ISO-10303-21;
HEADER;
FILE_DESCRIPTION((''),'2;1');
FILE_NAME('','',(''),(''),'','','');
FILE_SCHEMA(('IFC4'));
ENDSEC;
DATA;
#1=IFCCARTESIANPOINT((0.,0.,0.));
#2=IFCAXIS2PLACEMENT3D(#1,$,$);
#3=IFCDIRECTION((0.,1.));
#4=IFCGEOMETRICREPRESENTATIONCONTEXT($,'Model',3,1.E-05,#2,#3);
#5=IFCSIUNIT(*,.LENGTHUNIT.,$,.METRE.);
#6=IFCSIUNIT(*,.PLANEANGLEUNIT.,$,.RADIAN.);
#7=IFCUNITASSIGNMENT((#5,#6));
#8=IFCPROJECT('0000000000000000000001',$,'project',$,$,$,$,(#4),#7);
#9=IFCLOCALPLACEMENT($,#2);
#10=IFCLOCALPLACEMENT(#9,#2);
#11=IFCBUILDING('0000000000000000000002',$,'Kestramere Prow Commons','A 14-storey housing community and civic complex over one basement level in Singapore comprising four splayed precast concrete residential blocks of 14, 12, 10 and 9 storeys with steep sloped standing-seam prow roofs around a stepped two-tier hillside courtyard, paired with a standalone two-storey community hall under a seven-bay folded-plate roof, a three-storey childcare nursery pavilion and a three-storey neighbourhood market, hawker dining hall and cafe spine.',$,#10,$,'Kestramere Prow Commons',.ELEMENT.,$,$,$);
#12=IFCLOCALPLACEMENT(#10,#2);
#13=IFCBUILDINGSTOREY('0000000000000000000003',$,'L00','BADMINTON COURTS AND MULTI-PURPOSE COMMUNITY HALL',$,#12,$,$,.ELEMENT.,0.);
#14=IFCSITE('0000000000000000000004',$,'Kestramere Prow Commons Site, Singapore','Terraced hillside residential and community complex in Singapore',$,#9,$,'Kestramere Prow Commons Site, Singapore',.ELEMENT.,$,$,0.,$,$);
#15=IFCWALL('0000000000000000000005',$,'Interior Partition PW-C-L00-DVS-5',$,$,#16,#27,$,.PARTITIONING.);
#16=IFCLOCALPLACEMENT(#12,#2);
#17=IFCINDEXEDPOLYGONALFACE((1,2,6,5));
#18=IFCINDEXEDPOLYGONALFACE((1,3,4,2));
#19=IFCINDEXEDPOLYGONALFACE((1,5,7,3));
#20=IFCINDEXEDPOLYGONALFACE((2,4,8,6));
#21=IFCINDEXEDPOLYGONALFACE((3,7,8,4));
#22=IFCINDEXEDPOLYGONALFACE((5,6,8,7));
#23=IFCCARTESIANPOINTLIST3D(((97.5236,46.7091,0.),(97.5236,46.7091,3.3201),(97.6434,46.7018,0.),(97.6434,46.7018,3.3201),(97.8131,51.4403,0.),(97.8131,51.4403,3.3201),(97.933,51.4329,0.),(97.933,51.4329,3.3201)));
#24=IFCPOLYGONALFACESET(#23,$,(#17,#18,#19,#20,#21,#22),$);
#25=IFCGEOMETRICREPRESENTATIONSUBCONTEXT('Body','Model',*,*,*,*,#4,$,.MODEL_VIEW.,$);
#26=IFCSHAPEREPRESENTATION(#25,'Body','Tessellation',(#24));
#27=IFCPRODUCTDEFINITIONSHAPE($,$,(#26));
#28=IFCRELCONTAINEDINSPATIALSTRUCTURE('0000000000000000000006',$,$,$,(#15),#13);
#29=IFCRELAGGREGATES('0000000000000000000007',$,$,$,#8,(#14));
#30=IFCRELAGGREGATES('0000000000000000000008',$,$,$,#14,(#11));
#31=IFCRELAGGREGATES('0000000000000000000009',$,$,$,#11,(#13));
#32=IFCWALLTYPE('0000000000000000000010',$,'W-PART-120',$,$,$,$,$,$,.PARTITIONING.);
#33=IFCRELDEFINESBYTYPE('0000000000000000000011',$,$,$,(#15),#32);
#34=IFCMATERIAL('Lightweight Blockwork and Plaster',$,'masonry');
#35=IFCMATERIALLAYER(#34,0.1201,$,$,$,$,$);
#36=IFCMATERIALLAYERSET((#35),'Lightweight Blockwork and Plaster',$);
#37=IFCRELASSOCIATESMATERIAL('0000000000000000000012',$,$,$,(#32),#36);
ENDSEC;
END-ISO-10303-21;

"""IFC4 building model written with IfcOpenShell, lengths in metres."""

from ifc_helpers import new_model, si_unit, direction, frame, frame_2d, origin, place, context, subcontext, project, spatial, rectangle, extrude, material, layer, layer_set, type_object, element, save


model = new_model("IFC4")

# Units and contexts
model_context = context("Model", 3, precision=1e-05, world=origin(), true_north=direction((0.0, 1.0)))
body_context = subcontext(model_context, "Body", "Model", "MODEL_VIEW")
ifc_project = project(units=[si_unit("LENGTHUNIT", "METRE"), si_unit("PLANEANGLEUNIT", "RADIAN")], contexts=[model_context])

# Site, building, storey
site_placement = place(None, origin())
site = spatial("IfcSite", under=ifc_project, at=site_placement, Name="Kestramere Prow Commons Site, Singapore", Description="Terraced hillside residential and community complex in Singapore", LongName="Kestramere Prow Commons Site, Singapore", CompositionType="ELEMENT", RefElevation=0.0)
building_placement = place(site_placement, origin())
building = spatial("IfcBuilding", under=site, at=building_placement, Name="Kestramere Prow Commons", Description="A 14-storey housing community and civic complex over one basement level in Singapore comprising four splayed precast concrete residential blocks of 14, 12, 10 and 9 storeys with steep sloped standing-seam prow roofs around a stepped two-tier hillside courtyard, paired with a standalone two-storey community hall under a seven-bay folded-plate roof, a three-storey childcare nursery pavilion and a three-storey neighbourhood market, hawker dining hall and cafe spine.", LongName="Kestramere Prow Commons", CompositionType="ELEMENT")
storey_placement = place(building_placement, origin())
storey = spatial("IfcBuildingStorey", under=building, at=storey_placement, Name="L00", Description="BADMINTON COURTS AND MULTI-PURPOSE COMMUNITY HALL", CompositionType="ELEMENT", Elevation=0.0)

# Wall
ifc_material_1 = material(Name="Lightweight Blockwork and Plaster", Category="masonry")
ifc_layer_1 = layer(ifc_material_1, 0.1201)
ifc_layer_set_1 = layer_set([ifc_layer_1], Name="Lightweight Blockwork and Plaster")
wall_type = type_object("IfcWallType", Name="W-PART-120", PredefinedType="PARTITIONING", material=ifc_layer_set_1)
wall_placement = place(storey_placement, frame((97.5835, 46.7053, 0.0), z_axis=(0.0, 0.0, 1.0), x_axis=(0.061086, 0.998133, 0.0)))
element("IfcWall", 1, at=wall_placement, inside=storey, type_object=wall_type, Name="Interior Partition PW-C-L00-DVS-5", PredefinedType="PARTITIONING", context=body_context, shape_type="SweptSolid", body=[
    extrude(rectangle(XDim=4.74, YDim=0.1201, at=frame_2d((2.3701, 0.0))), origin(), (0.0, 0.0, 1.0), 3.3201),
])

save(model, "model.ifc")
